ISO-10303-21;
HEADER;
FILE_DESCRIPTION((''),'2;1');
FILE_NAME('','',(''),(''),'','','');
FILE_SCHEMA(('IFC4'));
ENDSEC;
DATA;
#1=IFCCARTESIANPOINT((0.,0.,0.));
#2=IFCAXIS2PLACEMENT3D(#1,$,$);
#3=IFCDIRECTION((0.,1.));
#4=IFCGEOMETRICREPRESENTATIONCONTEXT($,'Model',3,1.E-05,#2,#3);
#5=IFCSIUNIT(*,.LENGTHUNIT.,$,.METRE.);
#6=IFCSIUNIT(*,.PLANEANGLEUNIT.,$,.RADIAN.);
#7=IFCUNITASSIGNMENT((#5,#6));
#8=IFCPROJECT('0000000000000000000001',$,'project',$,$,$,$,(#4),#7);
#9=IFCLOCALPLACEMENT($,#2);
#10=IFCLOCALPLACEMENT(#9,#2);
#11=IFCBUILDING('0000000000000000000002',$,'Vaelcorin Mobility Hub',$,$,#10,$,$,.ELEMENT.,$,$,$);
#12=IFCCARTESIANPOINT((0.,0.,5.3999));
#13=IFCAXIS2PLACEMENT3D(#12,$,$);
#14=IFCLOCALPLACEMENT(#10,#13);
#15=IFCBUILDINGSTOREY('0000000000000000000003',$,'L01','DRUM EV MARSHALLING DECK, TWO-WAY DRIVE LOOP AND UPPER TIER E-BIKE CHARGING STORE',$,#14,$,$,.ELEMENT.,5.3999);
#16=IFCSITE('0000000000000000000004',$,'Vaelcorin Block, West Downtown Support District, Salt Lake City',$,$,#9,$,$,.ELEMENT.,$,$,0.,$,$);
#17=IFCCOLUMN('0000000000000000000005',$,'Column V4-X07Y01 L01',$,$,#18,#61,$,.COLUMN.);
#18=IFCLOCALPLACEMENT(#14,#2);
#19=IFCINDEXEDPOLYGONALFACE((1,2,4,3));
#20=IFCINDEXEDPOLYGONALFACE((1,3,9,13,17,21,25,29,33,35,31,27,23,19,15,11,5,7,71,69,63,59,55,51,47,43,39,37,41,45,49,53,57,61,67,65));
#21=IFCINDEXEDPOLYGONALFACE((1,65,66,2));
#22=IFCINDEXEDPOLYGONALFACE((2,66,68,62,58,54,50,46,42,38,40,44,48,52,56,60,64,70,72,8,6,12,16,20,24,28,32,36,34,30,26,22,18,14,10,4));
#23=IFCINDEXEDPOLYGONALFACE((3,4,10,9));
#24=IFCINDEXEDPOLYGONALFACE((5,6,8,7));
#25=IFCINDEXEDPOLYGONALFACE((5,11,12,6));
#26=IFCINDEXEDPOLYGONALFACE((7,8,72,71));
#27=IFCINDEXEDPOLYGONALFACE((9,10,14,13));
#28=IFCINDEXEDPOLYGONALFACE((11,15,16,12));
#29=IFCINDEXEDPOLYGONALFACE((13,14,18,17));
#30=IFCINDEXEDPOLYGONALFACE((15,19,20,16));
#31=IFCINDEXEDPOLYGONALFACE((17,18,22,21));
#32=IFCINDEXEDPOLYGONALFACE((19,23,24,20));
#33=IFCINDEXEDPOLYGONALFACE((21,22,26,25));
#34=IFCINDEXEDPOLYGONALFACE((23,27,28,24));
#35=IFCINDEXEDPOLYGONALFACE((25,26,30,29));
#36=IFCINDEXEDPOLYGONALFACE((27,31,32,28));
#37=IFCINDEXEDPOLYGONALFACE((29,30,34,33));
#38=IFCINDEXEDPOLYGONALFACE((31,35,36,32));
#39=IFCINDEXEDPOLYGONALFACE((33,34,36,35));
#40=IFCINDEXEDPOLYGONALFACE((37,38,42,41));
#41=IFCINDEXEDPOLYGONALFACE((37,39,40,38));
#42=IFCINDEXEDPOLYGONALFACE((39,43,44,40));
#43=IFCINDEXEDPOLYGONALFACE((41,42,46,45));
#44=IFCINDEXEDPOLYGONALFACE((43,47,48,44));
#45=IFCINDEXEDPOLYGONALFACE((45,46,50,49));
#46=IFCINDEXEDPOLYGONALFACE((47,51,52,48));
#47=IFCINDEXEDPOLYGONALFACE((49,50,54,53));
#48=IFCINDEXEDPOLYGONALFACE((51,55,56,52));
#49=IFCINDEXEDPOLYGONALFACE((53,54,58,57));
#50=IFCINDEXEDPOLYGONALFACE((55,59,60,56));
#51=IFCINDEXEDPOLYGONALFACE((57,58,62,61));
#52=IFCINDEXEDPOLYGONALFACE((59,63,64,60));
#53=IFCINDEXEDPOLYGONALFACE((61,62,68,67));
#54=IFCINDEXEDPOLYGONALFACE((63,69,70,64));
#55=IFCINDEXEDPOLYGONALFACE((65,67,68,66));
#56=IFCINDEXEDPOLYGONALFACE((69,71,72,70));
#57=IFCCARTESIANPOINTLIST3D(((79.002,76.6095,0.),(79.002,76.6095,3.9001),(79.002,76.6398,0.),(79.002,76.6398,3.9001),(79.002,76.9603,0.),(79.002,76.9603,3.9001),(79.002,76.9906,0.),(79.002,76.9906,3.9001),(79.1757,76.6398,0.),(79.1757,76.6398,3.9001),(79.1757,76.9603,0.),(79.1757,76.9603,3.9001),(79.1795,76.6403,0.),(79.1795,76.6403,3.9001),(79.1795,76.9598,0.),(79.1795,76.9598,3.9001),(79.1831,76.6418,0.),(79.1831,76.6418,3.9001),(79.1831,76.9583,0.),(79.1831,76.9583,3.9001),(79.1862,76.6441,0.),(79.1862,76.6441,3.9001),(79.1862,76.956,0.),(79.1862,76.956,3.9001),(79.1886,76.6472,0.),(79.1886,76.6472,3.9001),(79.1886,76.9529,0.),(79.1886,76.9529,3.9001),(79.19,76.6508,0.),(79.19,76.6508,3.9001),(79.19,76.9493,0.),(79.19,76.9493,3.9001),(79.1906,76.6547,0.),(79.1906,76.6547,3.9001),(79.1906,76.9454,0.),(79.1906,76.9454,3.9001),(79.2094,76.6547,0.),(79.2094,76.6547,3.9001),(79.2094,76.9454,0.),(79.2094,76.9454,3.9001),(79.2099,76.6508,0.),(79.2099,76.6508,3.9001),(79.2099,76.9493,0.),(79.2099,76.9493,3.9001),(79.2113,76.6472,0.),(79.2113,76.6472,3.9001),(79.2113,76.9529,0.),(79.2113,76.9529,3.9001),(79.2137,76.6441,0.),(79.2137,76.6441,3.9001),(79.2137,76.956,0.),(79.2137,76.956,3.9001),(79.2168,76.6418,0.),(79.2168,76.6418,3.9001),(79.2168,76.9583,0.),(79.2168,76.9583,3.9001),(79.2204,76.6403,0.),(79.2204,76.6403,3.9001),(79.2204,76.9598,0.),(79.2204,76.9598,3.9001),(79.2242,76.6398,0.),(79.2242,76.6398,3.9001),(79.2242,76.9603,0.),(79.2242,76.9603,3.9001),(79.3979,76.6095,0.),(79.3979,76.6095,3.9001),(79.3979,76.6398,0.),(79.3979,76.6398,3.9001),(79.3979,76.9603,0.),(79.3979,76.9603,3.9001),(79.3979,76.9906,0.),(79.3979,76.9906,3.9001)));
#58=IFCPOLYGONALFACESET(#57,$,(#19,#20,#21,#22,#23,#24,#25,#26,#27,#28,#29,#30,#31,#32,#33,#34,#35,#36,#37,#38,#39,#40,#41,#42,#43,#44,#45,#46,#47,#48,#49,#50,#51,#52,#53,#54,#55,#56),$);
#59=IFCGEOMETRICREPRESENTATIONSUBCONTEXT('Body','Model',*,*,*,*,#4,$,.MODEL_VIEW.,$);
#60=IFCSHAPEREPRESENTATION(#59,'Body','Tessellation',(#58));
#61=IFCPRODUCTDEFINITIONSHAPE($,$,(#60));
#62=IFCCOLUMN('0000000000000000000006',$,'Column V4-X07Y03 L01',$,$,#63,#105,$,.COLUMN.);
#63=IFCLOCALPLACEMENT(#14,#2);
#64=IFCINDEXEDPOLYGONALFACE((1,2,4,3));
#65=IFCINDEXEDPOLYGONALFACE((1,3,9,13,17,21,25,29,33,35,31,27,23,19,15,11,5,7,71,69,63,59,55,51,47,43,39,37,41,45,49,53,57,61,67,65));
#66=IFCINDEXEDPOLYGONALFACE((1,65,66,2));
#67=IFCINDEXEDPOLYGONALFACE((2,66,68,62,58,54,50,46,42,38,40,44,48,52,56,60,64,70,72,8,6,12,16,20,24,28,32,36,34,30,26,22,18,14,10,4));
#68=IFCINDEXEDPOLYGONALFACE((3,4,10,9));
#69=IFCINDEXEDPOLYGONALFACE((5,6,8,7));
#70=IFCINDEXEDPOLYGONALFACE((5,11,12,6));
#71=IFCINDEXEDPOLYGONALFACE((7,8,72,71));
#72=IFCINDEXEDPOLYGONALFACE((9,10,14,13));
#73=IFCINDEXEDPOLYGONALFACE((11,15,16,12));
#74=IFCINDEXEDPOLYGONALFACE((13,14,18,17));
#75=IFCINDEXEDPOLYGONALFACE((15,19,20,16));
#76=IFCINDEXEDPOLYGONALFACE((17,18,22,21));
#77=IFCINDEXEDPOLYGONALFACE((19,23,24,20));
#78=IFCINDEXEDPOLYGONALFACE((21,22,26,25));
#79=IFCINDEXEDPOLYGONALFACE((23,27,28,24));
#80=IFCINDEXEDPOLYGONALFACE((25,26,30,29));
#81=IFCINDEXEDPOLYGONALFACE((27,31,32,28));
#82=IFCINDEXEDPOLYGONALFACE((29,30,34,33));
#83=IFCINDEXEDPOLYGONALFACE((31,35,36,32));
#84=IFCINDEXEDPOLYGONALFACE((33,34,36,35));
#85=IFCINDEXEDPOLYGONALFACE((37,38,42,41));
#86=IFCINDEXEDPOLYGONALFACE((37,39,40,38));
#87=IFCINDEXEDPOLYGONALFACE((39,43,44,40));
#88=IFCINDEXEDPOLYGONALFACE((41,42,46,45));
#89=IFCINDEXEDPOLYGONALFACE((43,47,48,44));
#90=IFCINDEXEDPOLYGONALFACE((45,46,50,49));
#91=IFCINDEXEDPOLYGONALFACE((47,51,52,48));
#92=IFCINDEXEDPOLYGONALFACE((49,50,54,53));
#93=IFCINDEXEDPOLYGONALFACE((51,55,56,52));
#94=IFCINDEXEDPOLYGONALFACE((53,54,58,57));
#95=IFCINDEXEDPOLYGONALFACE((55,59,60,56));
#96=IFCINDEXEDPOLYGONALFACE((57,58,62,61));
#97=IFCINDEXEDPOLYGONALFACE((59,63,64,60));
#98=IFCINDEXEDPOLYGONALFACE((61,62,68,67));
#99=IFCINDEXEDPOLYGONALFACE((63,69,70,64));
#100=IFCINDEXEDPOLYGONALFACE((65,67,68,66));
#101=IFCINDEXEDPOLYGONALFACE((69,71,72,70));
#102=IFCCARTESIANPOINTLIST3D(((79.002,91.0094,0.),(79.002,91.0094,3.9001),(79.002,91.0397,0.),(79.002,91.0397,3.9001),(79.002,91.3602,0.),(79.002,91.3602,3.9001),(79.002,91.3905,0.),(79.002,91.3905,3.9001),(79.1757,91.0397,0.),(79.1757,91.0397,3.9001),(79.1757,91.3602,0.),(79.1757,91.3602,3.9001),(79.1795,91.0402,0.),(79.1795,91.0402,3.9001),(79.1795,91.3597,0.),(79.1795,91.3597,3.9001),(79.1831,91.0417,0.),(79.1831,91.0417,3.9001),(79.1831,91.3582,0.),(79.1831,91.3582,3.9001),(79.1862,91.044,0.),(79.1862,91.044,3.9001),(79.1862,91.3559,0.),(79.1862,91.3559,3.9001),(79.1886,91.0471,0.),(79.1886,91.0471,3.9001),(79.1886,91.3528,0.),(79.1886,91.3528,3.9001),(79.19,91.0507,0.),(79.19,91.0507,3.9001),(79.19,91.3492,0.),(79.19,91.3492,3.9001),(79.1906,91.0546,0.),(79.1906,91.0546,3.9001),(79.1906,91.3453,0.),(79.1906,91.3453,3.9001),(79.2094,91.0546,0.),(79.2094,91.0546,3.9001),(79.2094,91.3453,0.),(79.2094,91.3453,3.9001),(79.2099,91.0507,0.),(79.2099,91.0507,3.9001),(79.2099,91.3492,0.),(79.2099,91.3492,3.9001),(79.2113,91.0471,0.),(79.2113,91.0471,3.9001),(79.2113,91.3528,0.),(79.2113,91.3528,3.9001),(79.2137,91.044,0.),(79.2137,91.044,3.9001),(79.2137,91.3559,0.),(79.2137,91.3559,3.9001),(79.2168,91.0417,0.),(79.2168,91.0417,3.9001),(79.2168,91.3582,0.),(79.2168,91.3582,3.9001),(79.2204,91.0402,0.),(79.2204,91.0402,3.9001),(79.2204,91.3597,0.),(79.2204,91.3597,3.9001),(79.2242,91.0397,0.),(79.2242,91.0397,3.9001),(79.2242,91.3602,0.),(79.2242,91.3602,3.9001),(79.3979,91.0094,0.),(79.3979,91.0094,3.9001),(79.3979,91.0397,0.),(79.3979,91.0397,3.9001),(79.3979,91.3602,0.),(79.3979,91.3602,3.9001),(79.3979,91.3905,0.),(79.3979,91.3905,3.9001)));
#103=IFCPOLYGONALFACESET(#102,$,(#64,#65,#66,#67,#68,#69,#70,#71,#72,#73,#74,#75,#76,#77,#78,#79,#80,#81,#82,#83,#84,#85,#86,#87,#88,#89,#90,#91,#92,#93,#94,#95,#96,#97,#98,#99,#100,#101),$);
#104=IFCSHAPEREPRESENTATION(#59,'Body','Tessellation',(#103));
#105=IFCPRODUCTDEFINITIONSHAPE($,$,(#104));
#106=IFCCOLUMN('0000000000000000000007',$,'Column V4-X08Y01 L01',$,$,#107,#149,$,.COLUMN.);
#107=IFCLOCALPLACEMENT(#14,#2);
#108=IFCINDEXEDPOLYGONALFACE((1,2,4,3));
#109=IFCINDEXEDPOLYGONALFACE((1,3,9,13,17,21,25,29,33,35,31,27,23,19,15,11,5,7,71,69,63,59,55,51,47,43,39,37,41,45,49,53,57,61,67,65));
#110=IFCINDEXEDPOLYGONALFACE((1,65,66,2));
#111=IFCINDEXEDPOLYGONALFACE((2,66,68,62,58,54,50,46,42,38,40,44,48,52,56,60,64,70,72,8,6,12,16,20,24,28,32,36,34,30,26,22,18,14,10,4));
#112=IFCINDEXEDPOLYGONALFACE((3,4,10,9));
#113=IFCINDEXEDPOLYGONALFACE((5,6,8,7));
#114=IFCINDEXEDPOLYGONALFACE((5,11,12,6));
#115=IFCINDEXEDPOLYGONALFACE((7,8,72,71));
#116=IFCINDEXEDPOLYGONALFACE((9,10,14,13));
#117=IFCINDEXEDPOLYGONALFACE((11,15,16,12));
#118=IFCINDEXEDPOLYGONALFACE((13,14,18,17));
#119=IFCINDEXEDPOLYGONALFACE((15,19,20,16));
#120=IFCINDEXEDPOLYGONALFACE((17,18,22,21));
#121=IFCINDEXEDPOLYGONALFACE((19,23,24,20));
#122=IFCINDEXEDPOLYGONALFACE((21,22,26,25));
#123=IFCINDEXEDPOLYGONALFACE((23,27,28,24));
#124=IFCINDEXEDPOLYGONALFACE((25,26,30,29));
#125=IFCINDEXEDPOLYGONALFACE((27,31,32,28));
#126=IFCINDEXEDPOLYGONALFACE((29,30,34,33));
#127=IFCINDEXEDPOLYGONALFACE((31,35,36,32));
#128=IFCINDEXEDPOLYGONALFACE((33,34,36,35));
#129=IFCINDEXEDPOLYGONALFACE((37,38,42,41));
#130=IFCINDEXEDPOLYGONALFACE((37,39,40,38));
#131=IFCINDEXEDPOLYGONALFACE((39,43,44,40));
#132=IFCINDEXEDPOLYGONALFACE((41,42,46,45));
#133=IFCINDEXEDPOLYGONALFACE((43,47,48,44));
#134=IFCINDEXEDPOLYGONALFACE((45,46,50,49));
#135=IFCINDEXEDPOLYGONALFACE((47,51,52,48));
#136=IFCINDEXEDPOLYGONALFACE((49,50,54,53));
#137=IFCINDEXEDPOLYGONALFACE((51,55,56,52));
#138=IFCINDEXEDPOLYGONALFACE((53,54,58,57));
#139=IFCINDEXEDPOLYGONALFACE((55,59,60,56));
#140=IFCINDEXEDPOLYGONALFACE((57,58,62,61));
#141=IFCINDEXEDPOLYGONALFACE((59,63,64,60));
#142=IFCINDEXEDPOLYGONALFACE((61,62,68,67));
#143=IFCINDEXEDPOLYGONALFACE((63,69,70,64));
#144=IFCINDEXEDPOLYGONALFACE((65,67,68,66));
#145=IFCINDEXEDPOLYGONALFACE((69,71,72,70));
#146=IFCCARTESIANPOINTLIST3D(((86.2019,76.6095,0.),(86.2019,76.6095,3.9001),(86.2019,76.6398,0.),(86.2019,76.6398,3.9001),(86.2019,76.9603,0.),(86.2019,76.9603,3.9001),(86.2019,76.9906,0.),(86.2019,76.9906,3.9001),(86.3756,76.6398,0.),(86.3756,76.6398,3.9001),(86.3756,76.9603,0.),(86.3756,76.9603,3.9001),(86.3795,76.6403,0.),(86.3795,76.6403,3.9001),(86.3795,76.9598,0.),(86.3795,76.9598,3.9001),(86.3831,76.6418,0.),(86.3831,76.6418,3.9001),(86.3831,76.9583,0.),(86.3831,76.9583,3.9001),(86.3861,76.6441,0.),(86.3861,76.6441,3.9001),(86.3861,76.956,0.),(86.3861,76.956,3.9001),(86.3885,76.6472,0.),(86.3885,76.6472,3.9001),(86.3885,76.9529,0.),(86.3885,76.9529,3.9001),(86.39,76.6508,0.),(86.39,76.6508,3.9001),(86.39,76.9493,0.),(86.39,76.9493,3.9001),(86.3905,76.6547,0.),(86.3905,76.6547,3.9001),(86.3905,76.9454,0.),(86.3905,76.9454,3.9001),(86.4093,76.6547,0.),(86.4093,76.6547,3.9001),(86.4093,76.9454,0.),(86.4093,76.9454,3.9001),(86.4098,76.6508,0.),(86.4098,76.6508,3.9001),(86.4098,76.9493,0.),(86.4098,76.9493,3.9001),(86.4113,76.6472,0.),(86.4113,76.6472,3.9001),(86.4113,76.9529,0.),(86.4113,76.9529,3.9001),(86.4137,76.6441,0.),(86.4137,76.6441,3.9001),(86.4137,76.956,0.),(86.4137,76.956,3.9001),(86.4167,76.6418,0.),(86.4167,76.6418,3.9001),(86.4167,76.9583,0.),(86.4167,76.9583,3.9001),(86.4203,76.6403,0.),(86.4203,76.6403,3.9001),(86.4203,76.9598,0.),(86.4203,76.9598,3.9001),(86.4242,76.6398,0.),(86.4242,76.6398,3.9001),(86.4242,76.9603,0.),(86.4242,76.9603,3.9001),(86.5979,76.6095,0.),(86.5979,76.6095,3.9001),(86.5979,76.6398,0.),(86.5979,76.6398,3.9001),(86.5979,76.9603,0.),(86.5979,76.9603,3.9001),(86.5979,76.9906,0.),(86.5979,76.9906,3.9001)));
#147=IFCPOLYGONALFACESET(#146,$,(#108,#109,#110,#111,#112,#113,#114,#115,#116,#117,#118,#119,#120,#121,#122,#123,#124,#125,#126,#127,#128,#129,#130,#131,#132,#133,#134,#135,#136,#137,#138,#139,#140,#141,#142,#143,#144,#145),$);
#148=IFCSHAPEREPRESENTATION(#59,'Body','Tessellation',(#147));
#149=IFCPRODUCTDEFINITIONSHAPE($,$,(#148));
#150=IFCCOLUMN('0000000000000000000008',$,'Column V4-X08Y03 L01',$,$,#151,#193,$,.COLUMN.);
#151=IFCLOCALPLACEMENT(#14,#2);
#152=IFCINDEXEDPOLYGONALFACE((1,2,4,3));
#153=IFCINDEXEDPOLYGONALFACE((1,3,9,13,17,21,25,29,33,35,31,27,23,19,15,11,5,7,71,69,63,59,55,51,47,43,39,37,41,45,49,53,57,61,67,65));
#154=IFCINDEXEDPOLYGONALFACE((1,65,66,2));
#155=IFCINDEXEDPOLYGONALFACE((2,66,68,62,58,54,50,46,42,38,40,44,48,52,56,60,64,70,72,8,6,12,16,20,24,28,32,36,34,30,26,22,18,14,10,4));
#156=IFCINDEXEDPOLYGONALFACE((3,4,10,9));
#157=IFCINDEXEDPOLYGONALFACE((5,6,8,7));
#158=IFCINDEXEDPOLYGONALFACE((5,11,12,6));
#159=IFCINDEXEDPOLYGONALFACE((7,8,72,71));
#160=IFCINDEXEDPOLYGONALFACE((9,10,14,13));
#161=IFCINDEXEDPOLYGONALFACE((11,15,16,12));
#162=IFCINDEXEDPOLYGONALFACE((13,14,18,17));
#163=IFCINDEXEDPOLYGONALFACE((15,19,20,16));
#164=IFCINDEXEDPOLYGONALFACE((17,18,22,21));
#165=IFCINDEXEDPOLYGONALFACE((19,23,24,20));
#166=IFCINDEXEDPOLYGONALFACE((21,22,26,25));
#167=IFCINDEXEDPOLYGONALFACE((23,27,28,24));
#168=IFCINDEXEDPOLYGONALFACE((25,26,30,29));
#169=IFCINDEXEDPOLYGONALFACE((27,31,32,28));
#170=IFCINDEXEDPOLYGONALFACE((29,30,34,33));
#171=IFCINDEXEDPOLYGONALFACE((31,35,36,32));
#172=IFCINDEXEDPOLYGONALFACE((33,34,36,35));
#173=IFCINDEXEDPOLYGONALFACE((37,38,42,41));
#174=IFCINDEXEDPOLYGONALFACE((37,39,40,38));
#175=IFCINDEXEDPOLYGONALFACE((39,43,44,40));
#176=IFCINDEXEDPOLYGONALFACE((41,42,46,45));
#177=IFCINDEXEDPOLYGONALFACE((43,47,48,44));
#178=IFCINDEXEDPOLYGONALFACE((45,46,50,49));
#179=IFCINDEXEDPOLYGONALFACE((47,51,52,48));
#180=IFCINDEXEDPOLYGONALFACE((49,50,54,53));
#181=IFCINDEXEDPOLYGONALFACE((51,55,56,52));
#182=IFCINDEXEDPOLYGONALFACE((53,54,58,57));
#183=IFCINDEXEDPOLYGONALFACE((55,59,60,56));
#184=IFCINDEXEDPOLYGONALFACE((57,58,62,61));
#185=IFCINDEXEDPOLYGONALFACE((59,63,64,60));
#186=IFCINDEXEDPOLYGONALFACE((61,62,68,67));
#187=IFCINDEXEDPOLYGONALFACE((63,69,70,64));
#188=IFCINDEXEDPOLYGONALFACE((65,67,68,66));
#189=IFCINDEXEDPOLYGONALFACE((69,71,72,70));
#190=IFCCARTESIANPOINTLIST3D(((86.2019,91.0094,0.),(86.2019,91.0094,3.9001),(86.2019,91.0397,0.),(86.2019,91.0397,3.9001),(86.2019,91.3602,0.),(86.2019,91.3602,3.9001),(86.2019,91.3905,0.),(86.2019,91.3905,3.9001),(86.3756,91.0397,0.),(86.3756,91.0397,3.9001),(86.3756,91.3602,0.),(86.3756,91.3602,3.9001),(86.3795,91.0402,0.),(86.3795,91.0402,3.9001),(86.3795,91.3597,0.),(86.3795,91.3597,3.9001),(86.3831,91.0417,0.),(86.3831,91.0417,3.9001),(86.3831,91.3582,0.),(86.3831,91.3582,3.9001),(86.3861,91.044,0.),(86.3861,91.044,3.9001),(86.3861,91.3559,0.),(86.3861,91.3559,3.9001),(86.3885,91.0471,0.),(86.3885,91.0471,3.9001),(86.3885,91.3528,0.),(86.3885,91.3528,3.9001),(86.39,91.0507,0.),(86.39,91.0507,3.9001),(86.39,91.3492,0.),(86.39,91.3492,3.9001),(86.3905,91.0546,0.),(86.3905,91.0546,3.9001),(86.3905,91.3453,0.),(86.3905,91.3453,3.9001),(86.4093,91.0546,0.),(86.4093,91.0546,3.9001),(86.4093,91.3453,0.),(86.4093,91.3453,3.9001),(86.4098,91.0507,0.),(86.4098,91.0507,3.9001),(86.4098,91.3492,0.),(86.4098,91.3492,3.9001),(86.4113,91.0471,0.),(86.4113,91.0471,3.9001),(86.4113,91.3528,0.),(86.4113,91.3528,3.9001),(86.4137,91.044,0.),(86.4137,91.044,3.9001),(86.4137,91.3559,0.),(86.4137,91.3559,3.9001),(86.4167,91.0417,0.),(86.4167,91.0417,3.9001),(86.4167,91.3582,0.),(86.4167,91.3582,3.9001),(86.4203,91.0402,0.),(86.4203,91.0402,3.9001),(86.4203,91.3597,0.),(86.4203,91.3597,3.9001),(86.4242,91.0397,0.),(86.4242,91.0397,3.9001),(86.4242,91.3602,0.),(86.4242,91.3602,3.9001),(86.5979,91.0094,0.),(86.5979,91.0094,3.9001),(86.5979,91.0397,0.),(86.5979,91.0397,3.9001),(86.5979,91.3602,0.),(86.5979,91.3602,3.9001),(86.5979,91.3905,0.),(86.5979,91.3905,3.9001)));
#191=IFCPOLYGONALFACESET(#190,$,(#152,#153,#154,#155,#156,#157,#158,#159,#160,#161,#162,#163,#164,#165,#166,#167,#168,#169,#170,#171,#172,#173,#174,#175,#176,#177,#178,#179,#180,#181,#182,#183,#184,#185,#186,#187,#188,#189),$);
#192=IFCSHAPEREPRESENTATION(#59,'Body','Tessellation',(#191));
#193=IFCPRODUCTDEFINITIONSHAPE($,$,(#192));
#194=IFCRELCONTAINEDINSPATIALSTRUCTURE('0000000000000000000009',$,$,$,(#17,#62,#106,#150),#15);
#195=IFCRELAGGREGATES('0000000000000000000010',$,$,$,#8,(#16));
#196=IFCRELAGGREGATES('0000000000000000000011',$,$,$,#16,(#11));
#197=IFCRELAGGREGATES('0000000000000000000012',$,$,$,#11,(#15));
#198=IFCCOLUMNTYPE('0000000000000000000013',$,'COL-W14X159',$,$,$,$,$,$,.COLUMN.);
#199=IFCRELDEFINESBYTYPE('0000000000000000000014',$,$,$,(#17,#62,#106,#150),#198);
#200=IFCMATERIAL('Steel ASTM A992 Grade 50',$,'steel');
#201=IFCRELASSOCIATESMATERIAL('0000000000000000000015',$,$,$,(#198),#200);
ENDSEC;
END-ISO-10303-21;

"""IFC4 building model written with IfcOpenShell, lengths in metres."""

from ifc_helpers import new_model, si_unit, direction, frame, origin, origin_2d, place, context, subcontext, project, spatial, i_section, extrude, material, material_profile, profile_set, type_object, element, save


model = new_model("IFC4")

# Units and contexts
model_context = context("Model", 3, precision=1e-05, world=origin(), true_north=direction((0.0, 1.0)))
body_context = subcontext(model_context, "Body", "Model", "MODEL_VIEW")
ifc_project = project(units=[si_unit("LENGTHUNIT", "METRE"), si_unit("PLANEANGLEUNIT", "RADIAN")], contexts=[model_context])

# Site, building, storey
site_placement = place(None, origin())
site = spatial("IfcSite", under=ifc_project, at=site_placement, Name="Vaelcorin Block, West Downtown Support District, Salt Lake City", CompositionType="ELEMENT", RefElevation=0.0)
building_placement = place(site_placement, origin())
building = spatial("IfcBuilding", under=site, at=building_placement, Name="Vaelcorin Mobility Hub", CompositionType="ELEMENT")
storey_placement = place(building_placement, frame((0.0, 0.0, 5.3999)))
storey = spatial("IfcBuildingStorey", under=building, at=storey_placement, Name="L01", Description="DRUM EV MARSHALLING DECK, TWO-WAY DRIVE LOOP AND UPPER TIER E-BIKE CHARGING STORE", CompositionType="ELEMENT", Elevation=5.3999)

# Columns
ifc_material_1 = material(Name="Steel ASTM A992 Grade 50", Category="steel")
ifc_material_profile_1 = material_profile(ifc_material_1, i_section(OverallWidth=0.396, OverallDepth=0.3811, WebThickness=0.0188, FlangeThickness=0.0303, FilletRadius=0.0149, at=origin_2d()), Name="W14X159")
ifc_profile_set_1 = profile_set([ifc_material_profile_1], Name="Steel ASTM A992 Grade 50")
column_type_1 = type_object("IfcColumnType", Name="COL-W14X159", PredefinedType="COLUMN", material=ifc_profile_set_1)
for number, where, z_axis, x_axis, name in (
    (1, (79.2, 76.8, 0.0), (0.0, 0.0, 1.0), (1.0, 0.0, 0.0), "Column V4-X07Y01 L01"),
    (2, (79.2, 91.2, 0.0), (0.0, 0.0, 1.0), (1.0, 0.0, 0.0), "Column V4-X07Y03 L01"),
    (3, (86.3999, 76.8, 0.0), (0.0, 0.0, 1.0), (1.0, 0.0, 0.0), "Column V4-X08Y01 L01"),
    (4, (86.3999, 91.2, 0.0), (0.0, 0.0, 1.0), (1.0, 0.0, 0.0), "Column V4-X08Y03 L01"),
):
    element("IfcColumn", number, at=place(storey_placement, frame(where, z_axis=z_axis, x_axis=x_axis)), inside=storey, type_object=column_type_1, Name=name, PredefinedType="COLUMN", context=body_context, shape_type="SweptSolid", body=[
        extrude(i_section(OverallWidth=0.396, OverallDepth=0.3811, WebThickness=0.0188, FlangeThickness=0.0303, FilletRadius=0.0149, at=origin_2d()), origin(), (0.0, 0.0, 1.0), 3.9001),
    ])

save(model, "model.ifc")
